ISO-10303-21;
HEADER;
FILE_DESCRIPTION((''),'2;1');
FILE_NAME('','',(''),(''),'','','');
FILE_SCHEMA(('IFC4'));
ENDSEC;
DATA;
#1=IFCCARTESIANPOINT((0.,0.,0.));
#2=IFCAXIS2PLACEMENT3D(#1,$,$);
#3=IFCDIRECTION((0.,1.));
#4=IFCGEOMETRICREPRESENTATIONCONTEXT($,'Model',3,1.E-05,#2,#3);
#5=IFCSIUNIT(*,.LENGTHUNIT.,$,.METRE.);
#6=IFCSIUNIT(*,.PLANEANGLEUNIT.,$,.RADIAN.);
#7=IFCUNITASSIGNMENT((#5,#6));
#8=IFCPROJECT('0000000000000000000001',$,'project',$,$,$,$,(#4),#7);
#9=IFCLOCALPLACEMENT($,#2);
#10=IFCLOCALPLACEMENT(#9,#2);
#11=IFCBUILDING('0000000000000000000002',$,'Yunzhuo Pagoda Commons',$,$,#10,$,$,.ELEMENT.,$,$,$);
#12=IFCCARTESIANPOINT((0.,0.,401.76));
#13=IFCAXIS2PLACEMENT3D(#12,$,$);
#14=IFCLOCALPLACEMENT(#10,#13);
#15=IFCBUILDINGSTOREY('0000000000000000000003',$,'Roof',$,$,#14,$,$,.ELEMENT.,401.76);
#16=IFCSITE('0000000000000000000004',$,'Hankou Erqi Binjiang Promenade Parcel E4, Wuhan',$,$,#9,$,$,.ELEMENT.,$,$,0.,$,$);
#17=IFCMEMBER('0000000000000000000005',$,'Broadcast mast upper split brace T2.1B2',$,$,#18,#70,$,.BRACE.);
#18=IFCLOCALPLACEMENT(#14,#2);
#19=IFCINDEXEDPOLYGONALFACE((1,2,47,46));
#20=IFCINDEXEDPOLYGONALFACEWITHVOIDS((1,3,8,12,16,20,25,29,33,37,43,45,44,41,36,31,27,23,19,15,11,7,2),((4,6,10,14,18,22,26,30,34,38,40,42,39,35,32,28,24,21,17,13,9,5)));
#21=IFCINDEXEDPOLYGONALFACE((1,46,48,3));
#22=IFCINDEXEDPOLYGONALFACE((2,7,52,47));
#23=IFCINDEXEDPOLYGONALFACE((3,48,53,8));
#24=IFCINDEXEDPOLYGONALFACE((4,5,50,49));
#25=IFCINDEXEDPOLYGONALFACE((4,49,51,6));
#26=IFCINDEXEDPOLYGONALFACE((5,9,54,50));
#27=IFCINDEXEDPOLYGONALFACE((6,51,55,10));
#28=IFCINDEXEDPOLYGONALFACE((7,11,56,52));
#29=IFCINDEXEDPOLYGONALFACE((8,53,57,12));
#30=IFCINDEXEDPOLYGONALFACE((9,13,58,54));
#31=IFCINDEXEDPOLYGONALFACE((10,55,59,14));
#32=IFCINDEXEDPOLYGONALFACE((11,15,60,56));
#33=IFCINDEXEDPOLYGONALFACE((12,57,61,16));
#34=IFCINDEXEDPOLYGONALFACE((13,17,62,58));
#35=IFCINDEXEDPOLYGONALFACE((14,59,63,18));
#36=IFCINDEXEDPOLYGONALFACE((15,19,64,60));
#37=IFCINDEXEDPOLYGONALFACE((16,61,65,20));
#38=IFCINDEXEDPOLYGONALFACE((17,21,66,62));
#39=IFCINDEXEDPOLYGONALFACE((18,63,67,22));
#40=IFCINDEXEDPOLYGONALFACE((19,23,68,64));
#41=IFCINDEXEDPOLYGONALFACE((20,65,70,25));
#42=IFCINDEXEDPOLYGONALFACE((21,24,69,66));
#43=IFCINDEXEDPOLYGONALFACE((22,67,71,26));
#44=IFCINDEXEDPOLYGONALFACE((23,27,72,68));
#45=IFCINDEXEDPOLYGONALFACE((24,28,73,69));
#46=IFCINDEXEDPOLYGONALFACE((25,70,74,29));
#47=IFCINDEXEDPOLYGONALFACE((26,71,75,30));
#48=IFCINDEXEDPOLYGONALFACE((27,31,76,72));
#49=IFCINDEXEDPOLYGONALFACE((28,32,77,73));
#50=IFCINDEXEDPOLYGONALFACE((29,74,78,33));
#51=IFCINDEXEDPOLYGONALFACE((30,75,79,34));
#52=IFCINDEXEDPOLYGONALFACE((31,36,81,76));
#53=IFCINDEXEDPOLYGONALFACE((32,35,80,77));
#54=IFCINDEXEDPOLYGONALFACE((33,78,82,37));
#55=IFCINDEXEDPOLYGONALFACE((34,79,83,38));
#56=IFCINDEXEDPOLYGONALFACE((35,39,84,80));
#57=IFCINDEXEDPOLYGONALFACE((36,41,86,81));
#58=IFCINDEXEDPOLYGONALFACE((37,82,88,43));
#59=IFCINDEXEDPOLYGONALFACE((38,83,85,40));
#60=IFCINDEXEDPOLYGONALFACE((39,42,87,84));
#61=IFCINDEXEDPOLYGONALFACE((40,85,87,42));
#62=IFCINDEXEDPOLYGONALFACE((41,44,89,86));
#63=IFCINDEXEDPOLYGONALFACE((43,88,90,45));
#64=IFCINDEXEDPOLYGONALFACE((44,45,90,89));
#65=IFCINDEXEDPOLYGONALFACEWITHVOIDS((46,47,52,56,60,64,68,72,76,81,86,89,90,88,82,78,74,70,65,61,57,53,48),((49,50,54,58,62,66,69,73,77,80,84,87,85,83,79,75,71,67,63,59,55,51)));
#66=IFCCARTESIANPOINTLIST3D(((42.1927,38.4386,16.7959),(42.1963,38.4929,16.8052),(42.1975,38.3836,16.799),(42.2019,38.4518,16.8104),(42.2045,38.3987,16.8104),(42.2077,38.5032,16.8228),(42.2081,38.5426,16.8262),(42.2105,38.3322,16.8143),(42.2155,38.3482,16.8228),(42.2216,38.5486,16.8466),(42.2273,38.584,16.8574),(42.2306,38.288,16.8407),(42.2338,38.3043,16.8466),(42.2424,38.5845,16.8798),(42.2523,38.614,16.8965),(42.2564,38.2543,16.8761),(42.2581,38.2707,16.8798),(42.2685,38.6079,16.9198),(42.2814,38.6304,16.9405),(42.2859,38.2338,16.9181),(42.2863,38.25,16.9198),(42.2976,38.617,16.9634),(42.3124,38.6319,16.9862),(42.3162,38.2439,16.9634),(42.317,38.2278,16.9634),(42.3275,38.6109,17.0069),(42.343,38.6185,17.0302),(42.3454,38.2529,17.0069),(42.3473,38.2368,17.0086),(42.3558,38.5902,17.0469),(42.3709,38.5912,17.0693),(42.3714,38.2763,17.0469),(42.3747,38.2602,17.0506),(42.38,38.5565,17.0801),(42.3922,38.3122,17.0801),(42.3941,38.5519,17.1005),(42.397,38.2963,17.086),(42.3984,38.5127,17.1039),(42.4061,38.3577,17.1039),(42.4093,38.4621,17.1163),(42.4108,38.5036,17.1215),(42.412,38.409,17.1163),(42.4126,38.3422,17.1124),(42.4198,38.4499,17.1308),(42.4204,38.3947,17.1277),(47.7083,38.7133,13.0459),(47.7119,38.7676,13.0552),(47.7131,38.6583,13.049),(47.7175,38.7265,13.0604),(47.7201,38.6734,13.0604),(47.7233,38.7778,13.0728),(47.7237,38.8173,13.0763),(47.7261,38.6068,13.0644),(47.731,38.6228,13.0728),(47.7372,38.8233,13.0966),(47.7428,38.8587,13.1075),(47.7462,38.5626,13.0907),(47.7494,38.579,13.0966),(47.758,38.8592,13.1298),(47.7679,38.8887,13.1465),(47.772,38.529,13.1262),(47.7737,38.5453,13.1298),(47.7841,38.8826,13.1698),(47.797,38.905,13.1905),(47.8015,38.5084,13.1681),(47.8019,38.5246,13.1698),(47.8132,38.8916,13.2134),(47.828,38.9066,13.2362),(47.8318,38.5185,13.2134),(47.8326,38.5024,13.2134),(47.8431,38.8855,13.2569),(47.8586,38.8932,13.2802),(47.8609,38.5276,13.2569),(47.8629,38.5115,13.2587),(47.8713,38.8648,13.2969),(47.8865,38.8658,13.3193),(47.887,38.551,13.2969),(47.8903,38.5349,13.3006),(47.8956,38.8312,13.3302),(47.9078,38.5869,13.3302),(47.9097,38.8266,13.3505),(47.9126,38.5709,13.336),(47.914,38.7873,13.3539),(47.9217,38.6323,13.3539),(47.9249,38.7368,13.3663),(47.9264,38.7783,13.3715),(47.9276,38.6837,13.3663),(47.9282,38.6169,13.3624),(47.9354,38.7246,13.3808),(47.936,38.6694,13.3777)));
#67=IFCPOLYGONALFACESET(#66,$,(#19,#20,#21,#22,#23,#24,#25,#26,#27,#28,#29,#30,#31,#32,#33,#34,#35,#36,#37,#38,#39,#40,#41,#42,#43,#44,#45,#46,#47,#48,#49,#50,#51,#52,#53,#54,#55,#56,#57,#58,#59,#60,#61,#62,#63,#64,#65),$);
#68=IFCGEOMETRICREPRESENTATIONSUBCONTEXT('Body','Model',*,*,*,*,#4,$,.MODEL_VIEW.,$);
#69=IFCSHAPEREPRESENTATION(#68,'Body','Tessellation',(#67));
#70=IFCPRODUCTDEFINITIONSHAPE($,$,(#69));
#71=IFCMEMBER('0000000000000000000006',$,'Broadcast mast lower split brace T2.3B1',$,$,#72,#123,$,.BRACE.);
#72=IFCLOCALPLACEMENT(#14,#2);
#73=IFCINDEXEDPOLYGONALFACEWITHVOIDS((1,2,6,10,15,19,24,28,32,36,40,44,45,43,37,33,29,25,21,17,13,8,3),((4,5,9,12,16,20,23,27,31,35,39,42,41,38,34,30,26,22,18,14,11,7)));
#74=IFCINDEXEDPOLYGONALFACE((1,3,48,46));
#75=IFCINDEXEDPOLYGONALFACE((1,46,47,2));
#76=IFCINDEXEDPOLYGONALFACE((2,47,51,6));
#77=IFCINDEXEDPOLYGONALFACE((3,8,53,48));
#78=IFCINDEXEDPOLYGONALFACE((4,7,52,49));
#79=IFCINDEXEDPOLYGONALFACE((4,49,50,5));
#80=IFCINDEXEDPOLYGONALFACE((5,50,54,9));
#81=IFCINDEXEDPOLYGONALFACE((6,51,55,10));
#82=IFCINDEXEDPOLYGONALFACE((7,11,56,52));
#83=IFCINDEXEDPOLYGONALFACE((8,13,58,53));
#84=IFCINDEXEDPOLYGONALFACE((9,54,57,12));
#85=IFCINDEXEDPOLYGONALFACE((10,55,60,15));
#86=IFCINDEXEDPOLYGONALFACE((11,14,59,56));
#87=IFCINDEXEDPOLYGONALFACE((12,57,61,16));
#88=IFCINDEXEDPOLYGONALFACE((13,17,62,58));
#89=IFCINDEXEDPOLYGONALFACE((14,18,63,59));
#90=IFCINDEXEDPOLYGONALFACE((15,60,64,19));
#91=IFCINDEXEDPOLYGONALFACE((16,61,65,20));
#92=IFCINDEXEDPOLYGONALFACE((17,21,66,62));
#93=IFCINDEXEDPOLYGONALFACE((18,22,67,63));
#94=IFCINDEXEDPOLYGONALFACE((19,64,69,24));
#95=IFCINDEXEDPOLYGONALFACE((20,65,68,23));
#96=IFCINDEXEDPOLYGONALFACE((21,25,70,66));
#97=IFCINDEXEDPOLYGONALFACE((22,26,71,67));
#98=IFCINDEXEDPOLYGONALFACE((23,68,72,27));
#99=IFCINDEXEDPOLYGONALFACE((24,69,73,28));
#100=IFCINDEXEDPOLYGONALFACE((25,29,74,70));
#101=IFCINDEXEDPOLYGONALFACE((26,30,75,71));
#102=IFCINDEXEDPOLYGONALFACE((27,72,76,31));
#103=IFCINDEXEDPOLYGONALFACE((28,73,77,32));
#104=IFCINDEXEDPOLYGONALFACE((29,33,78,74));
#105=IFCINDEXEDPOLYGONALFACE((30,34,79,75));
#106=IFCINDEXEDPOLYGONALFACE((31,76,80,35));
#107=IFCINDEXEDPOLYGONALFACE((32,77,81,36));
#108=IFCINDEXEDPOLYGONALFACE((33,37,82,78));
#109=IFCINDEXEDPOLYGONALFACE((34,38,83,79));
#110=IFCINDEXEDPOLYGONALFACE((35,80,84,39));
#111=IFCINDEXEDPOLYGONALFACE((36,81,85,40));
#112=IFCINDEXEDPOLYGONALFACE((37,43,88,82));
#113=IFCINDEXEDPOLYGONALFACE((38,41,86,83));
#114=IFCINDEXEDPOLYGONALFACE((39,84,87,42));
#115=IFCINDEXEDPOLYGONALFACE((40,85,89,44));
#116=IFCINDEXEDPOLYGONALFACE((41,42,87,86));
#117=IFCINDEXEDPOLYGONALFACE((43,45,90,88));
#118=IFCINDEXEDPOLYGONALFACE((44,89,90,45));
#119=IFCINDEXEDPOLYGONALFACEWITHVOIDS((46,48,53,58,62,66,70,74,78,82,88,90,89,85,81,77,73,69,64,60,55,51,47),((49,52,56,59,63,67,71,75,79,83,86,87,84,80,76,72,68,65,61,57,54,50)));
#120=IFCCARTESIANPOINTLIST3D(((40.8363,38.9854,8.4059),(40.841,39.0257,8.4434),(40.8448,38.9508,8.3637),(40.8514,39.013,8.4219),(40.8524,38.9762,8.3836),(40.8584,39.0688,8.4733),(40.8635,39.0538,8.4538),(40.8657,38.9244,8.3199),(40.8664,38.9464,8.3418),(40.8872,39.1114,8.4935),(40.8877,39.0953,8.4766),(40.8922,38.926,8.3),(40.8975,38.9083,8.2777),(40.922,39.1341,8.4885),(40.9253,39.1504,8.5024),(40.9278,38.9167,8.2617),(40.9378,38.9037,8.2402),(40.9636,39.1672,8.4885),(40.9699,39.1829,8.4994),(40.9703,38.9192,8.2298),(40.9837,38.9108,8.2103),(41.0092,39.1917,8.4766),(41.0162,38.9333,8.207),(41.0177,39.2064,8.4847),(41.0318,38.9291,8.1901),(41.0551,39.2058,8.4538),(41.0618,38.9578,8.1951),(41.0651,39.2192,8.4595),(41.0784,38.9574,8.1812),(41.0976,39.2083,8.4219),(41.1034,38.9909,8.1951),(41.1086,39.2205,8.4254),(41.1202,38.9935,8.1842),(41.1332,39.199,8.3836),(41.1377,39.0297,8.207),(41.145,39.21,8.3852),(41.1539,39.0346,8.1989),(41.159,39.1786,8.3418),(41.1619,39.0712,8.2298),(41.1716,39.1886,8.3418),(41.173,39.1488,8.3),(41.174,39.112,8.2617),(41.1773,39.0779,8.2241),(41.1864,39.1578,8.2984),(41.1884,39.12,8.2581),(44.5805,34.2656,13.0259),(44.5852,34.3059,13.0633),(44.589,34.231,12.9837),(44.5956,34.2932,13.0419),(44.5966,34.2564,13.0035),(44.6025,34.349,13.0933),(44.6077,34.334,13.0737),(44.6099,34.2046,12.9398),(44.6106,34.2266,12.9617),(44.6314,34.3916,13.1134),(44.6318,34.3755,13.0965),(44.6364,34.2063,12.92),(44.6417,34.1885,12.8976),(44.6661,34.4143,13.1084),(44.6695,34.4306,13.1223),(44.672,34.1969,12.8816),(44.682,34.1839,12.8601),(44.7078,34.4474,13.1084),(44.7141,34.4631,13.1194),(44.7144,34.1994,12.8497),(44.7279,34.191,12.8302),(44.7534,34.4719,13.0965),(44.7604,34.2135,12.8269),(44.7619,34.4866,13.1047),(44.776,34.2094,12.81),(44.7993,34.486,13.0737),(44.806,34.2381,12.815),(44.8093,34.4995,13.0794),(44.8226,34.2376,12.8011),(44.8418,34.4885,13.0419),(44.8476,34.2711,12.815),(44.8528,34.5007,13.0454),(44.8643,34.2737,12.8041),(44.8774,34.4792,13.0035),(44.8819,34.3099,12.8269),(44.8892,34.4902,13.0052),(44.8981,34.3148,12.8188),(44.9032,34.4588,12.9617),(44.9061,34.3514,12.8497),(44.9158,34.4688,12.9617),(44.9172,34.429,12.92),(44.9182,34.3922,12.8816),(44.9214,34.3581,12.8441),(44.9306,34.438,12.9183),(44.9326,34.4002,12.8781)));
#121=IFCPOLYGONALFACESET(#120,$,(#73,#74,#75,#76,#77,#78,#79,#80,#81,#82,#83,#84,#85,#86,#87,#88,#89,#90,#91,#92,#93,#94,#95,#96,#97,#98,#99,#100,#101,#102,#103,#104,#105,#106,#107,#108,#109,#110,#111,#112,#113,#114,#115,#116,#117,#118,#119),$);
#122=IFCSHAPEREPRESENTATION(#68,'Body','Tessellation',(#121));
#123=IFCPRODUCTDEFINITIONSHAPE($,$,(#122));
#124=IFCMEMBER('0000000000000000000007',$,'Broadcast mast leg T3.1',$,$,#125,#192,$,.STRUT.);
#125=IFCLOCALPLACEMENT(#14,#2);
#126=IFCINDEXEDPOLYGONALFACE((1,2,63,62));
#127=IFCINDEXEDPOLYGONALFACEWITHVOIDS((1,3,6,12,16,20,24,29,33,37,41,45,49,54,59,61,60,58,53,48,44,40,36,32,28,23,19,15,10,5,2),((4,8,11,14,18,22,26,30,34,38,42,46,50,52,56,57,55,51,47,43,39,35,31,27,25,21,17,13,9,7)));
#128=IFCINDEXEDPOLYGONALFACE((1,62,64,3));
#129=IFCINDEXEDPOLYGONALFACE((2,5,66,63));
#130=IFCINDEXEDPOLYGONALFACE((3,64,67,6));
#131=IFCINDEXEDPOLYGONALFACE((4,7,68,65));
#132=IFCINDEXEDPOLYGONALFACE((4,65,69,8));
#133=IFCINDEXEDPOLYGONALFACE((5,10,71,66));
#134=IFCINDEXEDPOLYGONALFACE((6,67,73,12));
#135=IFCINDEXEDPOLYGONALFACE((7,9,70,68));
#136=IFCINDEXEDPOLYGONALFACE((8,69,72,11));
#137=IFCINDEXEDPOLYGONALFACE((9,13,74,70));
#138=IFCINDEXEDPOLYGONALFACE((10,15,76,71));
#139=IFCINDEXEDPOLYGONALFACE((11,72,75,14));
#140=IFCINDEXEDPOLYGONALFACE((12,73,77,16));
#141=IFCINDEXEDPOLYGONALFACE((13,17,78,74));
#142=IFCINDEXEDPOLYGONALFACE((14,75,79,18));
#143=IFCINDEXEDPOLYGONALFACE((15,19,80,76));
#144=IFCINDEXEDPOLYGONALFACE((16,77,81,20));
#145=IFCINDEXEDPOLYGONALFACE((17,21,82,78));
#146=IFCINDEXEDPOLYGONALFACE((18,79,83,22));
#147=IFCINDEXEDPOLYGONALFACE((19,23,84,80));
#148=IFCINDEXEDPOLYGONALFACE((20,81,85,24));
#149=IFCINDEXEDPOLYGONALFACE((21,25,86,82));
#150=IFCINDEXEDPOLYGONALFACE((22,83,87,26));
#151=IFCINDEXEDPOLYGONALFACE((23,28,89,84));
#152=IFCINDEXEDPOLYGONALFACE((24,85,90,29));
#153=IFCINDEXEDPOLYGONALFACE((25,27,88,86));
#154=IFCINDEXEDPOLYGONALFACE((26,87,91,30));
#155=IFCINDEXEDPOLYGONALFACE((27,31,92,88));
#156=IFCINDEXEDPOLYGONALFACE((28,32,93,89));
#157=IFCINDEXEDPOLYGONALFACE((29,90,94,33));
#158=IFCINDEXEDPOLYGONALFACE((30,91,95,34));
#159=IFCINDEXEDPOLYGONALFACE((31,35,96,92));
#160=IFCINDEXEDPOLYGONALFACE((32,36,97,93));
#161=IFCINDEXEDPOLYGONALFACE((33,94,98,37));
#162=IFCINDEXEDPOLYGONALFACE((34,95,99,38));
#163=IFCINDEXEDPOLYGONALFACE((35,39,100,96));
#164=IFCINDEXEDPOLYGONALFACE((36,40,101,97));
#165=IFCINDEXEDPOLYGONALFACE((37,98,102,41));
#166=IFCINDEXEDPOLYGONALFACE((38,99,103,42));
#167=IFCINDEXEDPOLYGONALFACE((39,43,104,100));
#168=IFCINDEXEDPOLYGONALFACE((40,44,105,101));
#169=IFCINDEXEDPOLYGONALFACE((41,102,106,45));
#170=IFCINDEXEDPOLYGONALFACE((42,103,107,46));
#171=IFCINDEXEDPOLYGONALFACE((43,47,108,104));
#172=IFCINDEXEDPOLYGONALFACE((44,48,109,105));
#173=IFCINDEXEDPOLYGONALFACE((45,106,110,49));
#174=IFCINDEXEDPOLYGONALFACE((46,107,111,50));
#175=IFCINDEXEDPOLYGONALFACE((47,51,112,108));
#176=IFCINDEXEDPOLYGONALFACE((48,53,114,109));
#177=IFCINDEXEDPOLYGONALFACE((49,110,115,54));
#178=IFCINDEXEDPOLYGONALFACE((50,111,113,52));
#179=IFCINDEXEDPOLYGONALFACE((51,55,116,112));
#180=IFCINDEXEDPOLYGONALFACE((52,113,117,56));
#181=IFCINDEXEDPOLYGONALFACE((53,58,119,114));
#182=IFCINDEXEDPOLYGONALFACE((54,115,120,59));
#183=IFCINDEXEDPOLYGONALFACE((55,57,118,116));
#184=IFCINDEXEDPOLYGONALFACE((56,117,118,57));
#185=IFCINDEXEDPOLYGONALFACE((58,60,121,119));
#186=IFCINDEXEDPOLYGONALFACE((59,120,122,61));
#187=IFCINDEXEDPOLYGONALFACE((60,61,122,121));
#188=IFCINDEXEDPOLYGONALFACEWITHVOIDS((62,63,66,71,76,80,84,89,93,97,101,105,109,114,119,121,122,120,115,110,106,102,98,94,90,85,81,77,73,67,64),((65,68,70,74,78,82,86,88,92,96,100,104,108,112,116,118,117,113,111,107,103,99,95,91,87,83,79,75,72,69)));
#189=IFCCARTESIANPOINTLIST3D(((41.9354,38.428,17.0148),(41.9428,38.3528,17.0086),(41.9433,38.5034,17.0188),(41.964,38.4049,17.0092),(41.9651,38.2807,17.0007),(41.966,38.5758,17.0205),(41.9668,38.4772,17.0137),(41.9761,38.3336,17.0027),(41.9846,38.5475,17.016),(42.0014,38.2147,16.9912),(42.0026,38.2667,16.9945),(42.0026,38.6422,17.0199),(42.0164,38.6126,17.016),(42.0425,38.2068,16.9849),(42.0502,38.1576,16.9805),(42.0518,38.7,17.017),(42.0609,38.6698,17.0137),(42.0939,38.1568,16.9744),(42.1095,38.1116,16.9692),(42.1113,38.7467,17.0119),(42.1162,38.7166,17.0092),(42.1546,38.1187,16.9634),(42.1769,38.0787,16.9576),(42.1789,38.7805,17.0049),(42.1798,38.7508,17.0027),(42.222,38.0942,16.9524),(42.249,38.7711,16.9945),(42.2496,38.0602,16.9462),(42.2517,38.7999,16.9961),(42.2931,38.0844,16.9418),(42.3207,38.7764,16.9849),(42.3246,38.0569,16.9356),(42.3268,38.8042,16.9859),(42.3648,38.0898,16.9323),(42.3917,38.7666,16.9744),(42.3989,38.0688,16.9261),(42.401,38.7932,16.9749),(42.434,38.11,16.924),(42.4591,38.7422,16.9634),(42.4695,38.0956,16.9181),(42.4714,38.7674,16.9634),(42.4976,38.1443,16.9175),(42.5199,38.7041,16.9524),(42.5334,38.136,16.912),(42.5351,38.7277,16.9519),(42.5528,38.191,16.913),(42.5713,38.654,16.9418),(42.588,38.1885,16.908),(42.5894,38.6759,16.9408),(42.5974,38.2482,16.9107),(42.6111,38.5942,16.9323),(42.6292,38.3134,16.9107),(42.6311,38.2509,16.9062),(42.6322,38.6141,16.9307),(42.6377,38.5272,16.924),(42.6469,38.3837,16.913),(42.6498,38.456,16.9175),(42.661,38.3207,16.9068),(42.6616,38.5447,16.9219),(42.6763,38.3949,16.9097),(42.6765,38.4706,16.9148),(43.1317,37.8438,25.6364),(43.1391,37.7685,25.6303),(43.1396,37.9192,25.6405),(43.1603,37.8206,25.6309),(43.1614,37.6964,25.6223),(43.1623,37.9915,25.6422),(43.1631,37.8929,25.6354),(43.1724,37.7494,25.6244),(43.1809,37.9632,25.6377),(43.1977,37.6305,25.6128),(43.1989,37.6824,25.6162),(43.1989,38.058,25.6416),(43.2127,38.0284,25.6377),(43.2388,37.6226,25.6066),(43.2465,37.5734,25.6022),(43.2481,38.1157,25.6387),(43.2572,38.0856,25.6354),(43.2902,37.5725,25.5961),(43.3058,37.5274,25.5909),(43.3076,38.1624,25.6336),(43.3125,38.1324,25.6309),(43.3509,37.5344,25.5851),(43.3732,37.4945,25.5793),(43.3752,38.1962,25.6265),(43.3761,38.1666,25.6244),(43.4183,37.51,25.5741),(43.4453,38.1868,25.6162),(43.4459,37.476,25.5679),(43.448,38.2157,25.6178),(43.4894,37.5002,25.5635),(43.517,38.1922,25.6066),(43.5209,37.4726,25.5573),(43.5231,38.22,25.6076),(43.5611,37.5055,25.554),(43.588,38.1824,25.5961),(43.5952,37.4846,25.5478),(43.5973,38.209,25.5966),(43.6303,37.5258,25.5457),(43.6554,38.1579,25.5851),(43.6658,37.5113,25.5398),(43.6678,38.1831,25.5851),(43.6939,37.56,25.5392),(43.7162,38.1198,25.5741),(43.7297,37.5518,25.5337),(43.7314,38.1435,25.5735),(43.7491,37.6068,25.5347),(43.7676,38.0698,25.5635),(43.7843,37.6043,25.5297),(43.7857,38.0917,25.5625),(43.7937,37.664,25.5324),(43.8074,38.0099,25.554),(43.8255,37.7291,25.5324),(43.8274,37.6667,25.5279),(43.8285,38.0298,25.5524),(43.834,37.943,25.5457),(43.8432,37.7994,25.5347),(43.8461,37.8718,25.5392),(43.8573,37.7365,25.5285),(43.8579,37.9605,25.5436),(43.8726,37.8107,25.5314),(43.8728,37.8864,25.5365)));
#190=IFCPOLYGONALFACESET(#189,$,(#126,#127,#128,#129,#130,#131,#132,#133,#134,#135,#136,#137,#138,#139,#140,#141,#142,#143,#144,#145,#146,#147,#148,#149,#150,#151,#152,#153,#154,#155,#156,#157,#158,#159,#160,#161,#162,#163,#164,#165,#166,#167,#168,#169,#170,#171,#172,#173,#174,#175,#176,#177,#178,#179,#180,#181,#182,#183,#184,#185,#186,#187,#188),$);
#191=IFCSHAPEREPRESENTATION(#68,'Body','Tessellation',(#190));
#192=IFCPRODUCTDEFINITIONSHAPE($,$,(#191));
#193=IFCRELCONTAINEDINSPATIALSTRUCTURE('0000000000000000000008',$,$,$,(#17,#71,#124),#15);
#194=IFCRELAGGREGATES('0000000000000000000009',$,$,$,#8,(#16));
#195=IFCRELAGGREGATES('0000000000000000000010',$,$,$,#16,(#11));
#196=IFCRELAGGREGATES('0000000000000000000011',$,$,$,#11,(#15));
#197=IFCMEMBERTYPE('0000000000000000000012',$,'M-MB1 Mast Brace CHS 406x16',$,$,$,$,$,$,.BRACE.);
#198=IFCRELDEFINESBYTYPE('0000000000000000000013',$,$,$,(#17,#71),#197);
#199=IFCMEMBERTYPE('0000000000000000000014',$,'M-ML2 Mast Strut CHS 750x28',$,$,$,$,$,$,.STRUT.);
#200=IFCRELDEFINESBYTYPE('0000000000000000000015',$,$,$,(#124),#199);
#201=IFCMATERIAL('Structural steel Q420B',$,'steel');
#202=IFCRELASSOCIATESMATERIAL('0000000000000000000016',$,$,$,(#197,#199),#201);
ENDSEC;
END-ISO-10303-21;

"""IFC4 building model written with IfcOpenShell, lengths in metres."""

from ifc_helpers import new_model, si_unit, direction, frame, origin, origin_2d, place, context, subcontext, project, spatial, hollow_circle, extrude, source, transform, mapped, material, material_profile, profile_set, type_object, element, save


model = new_model("IFC4")

# Units and contexts
model_context = context("Model", 3, precision=1e-05, world=origin(), true_north=direction((0.0, 1.0)))
body_context = subcontext(model_context, "Body", "Model", "MODEL_VIEW")
ifc_project = project(units=[si_unit("LENGTHUNIT", "METRE"), si_unit("PLANEANGLEUNIT", "RADIAN")], contexts=[model_context])

# Site, building, storey
site_placement = place(None, origin())
site = spatial("IfcSite", under=ifc_project, at=site_placement, Name="Hankou Erqi Binjiang Promenade Parcel E4, Wuhan", CompositionType="ELEMENT", RefElevation=0.0)
building_placement = place(site_placement, origin())
building = spatial("IfcBuilding", under=site, at=building_placement, Name="Yunzhuo Pagoda Commons", CompositionType="ELEMENT")
storey_placement = place(building_placement, frame((0.0, 0.0, 401.76)))
storey = spatial("IfcBuildingStorey", under=building, at=storey_placement, Name="Roof", CompositionType="ELEMENT", Elevation=401.76)

# Members
ifc_material_1 = material(Name="Structural steel Q420B", Category="steel")
ifc_material_profile_1 = material_profile(ifc_material_1, hollow_circle(Radius=0.2029, WallThickness=0.0161, at=origin_2d()), Name="Structural steel Q420B")
ifc_profile_set_1 = profile_set([ifc_material_profile_1], Name="Structural steel Q420B")
member_type_1 = type_object("IfcMemberType", Name="M-MB1 Mast Brace CHS 406x16", PredefinedType="BRACE", material=ifc_profile_set_1)
shared_shape_1 = source(origin(), body_context, "Body", "SweptSolid", [
    extrude(hollow_circle(Radius=0.2029, WallThickness=0.0161, at=origin_2d()), origin(), (0.0, 0.0, 1.0), 6.6753),
])
member_1_placement = place(storey_placement, frame((47.8225, 38.7051, 13.2134), z_axis=(-0.82627, -0.041145, 0.56177), x_axis=(0.049735, -0.998762, 0.0)))
element("IfcMember", 1, at=member_1_placement, inside=storey, type_object=member_type_1, Name="Broadcast mast upper split brace T2.1B2", PredefinedType="BRACE", context=body_context, shape_type="MappedRepresentation", body=[
    mapped(shared_shape_1, transform((0.0, 0.0, 0.0), scale=1.0)),
])
shared_shape_2 = source(origin(), body_context, "Body", "SweptSolid", [
    extrude(hollow_circle(Radius=0.2029, WallThickness=0.0161, at=origin_2d()), origin(), (0.0, 0.0, 1.0), 7.592),
])
member_2_placement = place(storey_placement, frame((41.0127, 39.0625, 8.3418), z_axis=(0.493173, -0.621676, 0.608523), x_axis=(0.783424, 0.621487, 0.0)))
element("IfcMember", 2, at=member_2_placement, inside=storey, type_object=member_type_1, Name="Broadcast mast lower split brace T2.3B1", PredefinedType="BRACE", context=body_context, shape_type="MappedRepresentation", body=[
    mapped(shared_shape_2, transform((0.0, 0.0, 0.0), scale=1.0)),
])
ifc_material_profile_2 = material_profile(ifc_material_1, hollow_circle(Radius=0.375, WallThickness=0.0281, at=origin_2d()), Name="Structural steel Q420B")
ifc_profile_set_2 = profile_set([ifc_material_profile_2], Name="Structural steel Q420B")
member_type_2 = type_object("IfcMemberType", Name="M-ML2 Mast Strut CHS 750x28", PredefinedType="STRUT", material=ifc_profile_set_2)
shared_shape_3 = source(origin(), body_context, "Body", "SweptSolid", [
    extrude(hollow_circle(Radius=0.375, WallThickness=0.0281, at=origin_2d()), origin(), (0.0, 0.0, 1.0), 8.7239),
])
member_3_placement = place(storey_placement, frame((42.3069, 38.4304, 16.9634), z_axis=(0.13713, -0.06697, 0.988287), x_axis=(0.438832, 0.898569, 0.0)))
element("IfcMember", 3, at=member_3_placement, inside=storey, type_object=member_type_2, Name="Broadcast mast leg T3.1", PredefinedType="STRUT", context=body_context, shape_type="MappedRepresentation", body=[
    mapped(shared_shape_3, transform((0.0, 0.0, 0.0), scale=1.0)),
])

save(model, "model.ifc")
